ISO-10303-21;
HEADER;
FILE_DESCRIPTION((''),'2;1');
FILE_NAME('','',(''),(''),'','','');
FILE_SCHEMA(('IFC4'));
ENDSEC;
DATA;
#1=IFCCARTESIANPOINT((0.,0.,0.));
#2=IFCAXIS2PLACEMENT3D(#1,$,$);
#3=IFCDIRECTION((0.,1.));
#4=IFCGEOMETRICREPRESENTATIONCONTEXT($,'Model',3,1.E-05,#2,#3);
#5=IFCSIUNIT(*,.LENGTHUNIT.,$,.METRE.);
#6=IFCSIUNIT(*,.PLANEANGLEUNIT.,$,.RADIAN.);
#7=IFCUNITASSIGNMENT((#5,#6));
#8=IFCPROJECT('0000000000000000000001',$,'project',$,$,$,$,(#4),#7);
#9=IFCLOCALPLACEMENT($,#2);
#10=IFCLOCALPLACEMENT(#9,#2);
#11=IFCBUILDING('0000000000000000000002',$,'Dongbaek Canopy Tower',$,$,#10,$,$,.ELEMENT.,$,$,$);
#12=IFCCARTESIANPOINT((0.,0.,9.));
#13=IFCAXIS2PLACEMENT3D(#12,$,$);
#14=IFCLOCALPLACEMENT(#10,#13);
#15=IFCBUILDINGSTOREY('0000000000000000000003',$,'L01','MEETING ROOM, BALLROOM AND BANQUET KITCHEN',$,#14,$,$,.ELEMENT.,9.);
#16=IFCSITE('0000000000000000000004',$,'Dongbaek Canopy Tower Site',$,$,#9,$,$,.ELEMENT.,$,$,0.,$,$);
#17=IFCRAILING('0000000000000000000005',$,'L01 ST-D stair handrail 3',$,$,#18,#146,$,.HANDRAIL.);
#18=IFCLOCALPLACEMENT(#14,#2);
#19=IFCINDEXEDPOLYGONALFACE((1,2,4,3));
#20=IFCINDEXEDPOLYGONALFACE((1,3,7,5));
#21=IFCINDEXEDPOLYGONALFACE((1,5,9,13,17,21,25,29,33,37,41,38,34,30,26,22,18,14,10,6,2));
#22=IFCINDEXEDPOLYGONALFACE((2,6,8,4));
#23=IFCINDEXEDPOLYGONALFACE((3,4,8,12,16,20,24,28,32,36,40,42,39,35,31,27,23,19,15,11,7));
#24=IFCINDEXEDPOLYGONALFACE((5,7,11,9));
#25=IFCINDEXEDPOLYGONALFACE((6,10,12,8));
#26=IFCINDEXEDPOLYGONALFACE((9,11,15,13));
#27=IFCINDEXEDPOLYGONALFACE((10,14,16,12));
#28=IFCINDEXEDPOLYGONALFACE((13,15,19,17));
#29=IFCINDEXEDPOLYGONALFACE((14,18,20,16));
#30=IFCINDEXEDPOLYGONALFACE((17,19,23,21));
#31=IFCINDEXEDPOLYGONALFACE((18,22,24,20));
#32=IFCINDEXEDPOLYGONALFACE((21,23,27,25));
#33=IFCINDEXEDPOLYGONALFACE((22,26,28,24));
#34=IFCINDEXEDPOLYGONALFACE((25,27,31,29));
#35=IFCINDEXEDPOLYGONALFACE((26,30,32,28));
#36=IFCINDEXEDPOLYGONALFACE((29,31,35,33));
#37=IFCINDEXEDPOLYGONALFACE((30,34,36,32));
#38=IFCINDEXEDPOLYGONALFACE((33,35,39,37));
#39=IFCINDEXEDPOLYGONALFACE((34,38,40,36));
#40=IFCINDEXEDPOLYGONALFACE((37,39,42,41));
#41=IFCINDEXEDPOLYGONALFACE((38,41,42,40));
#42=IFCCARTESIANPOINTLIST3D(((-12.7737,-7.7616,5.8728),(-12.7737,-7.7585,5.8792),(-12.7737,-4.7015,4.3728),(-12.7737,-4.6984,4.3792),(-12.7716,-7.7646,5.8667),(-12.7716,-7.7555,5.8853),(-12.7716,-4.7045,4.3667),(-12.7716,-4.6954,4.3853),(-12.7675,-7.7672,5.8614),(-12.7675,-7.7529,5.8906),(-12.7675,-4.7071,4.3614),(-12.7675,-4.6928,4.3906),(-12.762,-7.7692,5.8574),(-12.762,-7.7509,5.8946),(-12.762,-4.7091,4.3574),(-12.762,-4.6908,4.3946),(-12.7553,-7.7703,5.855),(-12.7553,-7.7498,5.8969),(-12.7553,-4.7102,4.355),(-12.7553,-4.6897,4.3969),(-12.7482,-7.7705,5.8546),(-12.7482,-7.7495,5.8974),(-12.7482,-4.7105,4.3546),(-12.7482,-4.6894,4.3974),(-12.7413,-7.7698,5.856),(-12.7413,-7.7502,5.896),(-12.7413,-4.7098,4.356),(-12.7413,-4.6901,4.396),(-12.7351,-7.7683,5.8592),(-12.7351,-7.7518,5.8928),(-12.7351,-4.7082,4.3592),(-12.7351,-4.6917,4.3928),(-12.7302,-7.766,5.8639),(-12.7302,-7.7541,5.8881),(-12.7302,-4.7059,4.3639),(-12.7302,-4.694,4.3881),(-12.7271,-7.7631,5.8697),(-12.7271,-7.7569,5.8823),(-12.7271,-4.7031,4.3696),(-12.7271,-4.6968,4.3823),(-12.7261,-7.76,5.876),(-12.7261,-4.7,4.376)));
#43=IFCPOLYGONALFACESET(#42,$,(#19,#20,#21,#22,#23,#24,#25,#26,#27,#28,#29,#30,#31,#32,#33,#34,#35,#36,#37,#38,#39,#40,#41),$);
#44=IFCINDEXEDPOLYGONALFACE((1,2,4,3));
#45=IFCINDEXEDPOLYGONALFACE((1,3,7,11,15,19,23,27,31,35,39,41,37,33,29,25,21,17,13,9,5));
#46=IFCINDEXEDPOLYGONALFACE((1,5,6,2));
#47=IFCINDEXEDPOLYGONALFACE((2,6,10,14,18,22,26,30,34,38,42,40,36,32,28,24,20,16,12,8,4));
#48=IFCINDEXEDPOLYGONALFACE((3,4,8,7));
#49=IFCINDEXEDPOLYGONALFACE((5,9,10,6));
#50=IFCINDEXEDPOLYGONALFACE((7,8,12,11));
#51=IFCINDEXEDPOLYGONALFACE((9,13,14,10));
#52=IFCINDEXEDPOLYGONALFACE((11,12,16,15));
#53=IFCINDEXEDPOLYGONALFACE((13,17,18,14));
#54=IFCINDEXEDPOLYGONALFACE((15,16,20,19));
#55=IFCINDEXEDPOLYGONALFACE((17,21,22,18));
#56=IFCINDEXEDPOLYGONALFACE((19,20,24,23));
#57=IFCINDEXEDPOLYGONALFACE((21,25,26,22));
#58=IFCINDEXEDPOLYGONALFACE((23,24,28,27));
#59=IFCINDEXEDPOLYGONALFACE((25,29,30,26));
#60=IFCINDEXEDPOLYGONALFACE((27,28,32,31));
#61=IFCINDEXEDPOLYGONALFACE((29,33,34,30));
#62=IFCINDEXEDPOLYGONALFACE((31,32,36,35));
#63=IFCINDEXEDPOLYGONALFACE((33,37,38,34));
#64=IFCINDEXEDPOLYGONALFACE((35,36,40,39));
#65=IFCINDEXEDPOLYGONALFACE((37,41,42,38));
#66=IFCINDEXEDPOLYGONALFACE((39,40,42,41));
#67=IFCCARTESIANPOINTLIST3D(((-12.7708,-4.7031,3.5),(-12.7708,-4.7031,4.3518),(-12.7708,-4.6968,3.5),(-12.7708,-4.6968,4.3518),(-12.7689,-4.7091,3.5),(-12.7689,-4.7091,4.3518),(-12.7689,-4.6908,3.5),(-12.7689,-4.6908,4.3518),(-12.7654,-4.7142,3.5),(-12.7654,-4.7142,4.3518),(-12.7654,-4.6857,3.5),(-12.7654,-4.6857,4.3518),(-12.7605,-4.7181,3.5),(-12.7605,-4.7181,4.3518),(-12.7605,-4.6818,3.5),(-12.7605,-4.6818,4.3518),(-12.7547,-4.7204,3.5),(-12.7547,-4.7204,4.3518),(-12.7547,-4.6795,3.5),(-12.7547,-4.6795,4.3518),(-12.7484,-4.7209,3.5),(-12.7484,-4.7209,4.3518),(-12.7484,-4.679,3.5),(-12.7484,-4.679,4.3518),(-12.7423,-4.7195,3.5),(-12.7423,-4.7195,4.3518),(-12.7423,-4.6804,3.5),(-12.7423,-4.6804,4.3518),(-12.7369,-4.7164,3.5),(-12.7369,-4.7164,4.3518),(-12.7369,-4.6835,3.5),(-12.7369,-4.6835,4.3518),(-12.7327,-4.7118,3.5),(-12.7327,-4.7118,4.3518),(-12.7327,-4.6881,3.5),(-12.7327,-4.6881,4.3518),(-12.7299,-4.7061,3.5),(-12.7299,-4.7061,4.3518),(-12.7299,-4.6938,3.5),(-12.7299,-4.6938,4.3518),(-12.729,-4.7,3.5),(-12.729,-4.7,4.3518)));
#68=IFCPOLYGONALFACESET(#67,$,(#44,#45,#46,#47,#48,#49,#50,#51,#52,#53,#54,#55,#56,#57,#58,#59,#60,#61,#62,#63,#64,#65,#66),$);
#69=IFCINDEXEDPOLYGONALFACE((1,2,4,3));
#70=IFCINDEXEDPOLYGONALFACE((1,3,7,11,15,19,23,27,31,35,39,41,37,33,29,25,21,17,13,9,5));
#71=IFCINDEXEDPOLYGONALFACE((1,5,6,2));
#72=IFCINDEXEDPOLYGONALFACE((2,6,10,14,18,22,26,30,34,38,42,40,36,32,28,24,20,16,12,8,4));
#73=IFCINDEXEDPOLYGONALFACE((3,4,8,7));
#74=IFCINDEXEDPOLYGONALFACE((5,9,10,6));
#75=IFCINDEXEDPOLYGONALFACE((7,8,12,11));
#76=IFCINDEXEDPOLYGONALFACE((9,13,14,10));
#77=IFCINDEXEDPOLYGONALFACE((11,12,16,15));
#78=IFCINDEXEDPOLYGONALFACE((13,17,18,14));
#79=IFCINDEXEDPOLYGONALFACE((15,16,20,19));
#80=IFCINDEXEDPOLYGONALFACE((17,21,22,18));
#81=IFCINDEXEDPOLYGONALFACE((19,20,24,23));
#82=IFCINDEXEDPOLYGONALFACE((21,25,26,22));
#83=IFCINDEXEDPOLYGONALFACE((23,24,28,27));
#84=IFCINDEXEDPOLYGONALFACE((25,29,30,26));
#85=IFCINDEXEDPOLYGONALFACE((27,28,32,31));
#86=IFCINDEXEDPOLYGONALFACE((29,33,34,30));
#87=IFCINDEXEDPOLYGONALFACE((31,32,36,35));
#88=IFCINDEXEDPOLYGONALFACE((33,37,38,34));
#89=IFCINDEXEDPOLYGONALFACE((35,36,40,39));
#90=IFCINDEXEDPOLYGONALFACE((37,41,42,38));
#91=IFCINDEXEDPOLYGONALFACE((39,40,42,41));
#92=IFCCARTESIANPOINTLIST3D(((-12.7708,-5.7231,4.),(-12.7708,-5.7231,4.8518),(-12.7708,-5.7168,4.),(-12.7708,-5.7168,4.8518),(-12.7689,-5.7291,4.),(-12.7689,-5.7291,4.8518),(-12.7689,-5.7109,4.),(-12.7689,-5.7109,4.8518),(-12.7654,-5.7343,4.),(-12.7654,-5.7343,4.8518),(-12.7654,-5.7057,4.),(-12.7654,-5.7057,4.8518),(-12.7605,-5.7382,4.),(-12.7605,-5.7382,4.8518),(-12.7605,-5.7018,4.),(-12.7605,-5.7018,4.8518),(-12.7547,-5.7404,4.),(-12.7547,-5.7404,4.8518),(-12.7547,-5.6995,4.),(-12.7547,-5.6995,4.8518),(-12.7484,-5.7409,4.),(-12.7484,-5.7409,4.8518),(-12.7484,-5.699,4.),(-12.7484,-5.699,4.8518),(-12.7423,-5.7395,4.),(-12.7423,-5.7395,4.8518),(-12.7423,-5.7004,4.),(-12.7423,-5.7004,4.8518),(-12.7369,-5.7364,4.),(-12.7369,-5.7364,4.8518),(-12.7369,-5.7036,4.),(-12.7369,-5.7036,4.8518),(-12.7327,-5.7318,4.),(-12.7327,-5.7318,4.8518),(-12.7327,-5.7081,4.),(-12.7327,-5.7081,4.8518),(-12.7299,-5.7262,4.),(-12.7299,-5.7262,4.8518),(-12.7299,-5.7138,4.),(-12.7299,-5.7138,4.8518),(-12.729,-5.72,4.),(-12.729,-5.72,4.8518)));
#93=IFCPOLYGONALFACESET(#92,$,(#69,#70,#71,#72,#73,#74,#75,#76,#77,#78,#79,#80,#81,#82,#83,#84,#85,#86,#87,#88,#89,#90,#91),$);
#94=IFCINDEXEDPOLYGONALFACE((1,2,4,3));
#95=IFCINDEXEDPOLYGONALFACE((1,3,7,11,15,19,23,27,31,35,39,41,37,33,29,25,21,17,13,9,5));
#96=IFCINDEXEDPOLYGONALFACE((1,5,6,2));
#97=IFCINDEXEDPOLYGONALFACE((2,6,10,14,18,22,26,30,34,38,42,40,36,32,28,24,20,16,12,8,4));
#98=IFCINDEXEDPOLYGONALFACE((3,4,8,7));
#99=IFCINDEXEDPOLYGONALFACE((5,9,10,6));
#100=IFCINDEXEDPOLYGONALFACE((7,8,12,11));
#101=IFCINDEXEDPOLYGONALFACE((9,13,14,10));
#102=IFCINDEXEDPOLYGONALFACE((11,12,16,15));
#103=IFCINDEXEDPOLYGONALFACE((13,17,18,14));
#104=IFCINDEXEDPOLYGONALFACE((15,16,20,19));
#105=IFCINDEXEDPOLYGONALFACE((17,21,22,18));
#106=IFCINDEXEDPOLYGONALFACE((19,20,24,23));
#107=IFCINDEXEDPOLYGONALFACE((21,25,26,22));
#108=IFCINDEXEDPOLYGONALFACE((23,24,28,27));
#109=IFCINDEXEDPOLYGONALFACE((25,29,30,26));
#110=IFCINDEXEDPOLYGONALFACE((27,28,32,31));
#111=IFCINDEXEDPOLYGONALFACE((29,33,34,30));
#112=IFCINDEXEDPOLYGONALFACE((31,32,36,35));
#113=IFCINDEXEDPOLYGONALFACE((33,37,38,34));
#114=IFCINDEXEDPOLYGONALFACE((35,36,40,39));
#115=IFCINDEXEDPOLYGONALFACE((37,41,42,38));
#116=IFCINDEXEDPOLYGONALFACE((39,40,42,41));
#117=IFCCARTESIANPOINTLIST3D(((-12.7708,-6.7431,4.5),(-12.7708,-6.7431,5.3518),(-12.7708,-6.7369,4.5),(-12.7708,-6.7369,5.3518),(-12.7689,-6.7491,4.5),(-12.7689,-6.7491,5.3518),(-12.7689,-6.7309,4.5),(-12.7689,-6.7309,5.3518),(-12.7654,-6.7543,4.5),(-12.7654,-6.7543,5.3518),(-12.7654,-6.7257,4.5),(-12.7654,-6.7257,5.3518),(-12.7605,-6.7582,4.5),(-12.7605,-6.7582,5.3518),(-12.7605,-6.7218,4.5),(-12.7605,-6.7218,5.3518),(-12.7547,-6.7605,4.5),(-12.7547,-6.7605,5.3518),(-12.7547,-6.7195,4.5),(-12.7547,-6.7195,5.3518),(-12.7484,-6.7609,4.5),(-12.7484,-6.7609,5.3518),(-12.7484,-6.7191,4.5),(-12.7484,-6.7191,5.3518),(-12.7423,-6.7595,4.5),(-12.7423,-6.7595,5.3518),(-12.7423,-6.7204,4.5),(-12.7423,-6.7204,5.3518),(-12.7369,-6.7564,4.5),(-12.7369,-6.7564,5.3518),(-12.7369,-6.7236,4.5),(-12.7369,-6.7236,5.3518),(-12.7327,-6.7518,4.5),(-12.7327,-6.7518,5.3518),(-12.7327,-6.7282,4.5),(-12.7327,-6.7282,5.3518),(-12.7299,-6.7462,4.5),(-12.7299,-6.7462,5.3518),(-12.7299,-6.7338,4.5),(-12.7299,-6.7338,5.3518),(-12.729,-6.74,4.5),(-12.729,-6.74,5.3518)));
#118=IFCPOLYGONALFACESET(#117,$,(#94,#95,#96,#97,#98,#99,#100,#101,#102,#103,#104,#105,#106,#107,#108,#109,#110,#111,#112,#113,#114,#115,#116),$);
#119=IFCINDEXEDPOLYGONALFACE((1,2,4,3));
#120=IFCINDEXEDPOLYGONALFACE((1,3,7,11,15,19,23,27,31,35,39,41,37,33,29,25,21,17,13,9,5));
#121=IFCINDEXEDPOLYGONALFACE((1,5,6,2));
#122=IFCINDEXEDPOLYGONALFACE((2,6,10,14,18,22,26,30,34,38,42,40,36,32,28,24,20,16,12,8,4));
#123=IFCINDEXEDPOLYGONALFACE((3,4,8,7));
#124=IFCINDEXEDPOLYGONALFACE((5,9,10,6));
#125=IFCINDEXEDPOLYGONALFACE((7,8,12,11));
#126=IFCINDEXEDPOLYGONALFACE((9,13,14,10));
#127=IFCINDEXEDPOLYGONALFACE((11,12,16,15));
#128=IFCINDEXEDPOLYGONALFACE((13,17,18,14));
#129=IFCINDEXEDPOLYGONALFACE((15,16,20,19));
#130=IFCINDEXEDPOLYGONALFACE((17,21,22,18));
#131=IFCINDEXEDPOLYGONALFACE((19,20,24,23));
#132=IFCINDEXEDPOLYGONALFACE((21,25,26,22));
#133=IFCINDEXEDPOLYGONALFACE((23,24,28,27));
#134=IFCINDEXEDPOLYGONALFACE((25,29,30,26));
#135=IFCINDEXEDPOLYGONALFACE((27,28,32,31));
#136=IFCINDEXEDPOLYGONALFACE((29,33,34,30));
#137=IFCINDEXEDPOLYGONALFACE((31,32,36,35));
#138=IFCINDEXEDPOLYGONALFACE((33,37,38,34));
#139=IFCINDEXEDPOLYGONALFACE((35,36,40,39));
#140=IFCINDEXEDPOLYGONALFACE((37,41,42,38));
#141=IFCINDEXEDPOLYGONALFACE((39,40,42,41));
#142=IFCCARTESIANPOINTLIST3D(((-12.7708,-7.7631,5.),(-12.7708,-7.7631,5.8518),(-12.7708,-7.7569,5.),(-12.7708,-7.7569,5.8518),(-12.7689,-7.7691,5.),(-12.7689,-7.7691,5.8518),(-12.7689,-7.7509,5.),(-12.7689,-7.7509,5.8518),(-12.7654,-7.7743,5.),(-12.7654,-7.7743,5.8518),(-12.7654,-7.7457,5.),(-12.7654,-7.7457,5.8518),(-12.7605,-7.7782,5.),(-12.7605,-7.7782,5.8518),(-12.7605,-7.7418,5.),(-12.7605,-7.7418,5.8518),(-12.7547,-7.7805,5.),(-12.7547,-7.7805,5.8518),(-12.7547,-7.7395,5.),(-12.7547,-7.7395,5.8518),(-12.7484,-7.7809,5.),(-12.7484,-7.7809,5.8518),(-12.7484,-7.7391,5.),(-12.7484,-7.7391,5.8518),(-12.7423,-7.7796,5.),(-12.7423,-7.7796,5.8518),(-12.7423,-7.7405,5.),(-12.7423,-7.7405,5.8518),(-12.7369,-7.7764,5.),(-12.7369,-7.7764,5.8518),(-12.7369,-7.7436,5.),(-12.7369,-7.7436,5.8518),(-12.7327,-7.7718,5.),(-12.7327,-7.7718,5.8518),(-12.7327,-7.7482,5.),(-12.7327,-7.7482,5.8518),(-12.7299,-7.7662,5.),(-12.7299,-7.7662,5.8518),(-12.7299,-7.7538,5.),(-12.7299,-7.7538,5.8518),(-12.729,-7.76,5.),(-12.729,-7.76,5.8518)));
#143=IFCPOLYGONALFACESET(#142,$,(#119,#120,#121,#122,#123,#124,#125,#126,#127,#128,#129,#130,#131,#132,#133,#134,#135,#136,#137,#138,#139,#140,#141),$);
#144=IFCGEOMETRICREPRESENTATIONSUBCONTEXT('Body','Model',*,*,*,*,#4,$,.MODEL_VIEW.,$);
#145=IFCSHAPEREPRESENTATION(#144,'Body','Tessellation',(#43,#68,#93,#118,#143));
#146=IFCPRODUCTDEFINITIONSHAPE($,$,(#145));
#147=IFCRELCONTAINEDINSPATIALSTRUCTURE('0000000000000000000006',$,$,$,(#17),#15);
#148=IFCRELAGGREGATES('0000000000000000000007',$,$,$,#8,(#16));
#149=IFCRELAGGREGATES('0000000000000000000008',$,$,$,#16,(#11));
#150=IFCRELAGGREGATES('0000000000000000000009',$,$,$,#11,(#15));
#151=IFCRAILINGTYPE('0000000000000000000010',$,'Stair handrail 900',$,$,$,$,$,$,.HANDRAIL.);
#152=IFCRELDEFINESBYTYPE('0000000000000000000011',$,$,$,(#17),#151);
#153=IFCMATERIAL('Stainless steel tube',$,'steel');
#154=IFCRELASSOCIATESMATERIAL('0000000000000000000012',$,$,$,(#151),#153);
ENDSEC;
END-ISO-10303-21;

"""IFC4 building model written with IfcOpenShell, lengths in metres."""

from ifc_helpers import new_model, si_unit, direction, frame, origin, origin_2d, place, context, subcontext, project, spatial, circle, extrude, material, type_object, element, save


model = new_model("IFC4")

# Units and contexts
model_context = context("Model", 3, precision=1e-05, world=origin(), true_north=direction((0.0, 1.0)))
body_context = subcontext(model_context, "Body", "Model", "MODEL_VIEW")
ifc_project = project(units=[si_unit("LENGTHUNIT", "METRE"), si_unit("PLANEANGLEUNIT", "RADIAN")], contexts=[model_context])

# Site, building, storey
site_placement = place(None, origin())
site = spatial("IfcSite", under=ifc_project, at=site_placement, Name="Dongbaek Canopy Tower Site", CompositionType="ELEMENT", RefElevation=0.0)
building_placement = place(site_placement, origin())
building = spatial("IfcBuilding", under=site, at=building_placement, Name="Dongbaek Canopy Tower", CompositionType="ELEMENT")
storey_placement = place(building_placement, frame((0.0, 0.0, 9.0)))
storey = spatial("IfcBuildingStorey", under=building, at=storey_placement, Name="L01", Description="MEETING ROOM, BALLROOM AND BANQUET KITCHEN", CompositionType="ELEMENT", Elevation=9.0)

# Railing
ifc_material_1 = material(Name="Stainless steel tube", Category="steel")
railing_type_1 = type_object("IfcRailingType", Name="Stair handrail 900", PredefinedType="HANDRAIL", material=ifc_material_1)
railing_1_placement = place(storey_placement, frame((-12.75, -4.7, 3.5)))
element("IfcRailing", 1, at=railing_1_placement, inside=storey, type_object=railing_type_1, Name="L01 ST-D stair handrail 3", PredefinedType="HANDRAIL", context=body_context, shape_type="SweptSolid", body=[
    extrude(circle(Radius=0.0239, at=origin_2d()), frame((0.0, 0.0, 0.876), z_axis=(0.0, -0.897924, 0.44015), x_axis=(1.0, 0.0, 0.0)), (0.0, 0.0, 1.0), 3.408),
    extrude(circle(Radius=0.021, at=origin_2d()), origin(), (0.0, 0.0, 1.0), 0.8518),
    extrude(circle(Radius=0.021, at=origin_2d()), frame((0.0, -1.02, 0.5)), (0.0, 0.0, 1.0), 0.8518),
    extrude(circle(Radius=0.021, at=origin_2d()), frame((0.0, -2.04, 1.0)), (0.0, 0.0, 1.0), 0.8518),
    extrude(circle(Radius=0.021, at=origin_2d()), frame((0.0, -3.0601, 1.5)), (0.0, 0.0, 1.0), 0.8518),
])

save(model, "model.ifc")
